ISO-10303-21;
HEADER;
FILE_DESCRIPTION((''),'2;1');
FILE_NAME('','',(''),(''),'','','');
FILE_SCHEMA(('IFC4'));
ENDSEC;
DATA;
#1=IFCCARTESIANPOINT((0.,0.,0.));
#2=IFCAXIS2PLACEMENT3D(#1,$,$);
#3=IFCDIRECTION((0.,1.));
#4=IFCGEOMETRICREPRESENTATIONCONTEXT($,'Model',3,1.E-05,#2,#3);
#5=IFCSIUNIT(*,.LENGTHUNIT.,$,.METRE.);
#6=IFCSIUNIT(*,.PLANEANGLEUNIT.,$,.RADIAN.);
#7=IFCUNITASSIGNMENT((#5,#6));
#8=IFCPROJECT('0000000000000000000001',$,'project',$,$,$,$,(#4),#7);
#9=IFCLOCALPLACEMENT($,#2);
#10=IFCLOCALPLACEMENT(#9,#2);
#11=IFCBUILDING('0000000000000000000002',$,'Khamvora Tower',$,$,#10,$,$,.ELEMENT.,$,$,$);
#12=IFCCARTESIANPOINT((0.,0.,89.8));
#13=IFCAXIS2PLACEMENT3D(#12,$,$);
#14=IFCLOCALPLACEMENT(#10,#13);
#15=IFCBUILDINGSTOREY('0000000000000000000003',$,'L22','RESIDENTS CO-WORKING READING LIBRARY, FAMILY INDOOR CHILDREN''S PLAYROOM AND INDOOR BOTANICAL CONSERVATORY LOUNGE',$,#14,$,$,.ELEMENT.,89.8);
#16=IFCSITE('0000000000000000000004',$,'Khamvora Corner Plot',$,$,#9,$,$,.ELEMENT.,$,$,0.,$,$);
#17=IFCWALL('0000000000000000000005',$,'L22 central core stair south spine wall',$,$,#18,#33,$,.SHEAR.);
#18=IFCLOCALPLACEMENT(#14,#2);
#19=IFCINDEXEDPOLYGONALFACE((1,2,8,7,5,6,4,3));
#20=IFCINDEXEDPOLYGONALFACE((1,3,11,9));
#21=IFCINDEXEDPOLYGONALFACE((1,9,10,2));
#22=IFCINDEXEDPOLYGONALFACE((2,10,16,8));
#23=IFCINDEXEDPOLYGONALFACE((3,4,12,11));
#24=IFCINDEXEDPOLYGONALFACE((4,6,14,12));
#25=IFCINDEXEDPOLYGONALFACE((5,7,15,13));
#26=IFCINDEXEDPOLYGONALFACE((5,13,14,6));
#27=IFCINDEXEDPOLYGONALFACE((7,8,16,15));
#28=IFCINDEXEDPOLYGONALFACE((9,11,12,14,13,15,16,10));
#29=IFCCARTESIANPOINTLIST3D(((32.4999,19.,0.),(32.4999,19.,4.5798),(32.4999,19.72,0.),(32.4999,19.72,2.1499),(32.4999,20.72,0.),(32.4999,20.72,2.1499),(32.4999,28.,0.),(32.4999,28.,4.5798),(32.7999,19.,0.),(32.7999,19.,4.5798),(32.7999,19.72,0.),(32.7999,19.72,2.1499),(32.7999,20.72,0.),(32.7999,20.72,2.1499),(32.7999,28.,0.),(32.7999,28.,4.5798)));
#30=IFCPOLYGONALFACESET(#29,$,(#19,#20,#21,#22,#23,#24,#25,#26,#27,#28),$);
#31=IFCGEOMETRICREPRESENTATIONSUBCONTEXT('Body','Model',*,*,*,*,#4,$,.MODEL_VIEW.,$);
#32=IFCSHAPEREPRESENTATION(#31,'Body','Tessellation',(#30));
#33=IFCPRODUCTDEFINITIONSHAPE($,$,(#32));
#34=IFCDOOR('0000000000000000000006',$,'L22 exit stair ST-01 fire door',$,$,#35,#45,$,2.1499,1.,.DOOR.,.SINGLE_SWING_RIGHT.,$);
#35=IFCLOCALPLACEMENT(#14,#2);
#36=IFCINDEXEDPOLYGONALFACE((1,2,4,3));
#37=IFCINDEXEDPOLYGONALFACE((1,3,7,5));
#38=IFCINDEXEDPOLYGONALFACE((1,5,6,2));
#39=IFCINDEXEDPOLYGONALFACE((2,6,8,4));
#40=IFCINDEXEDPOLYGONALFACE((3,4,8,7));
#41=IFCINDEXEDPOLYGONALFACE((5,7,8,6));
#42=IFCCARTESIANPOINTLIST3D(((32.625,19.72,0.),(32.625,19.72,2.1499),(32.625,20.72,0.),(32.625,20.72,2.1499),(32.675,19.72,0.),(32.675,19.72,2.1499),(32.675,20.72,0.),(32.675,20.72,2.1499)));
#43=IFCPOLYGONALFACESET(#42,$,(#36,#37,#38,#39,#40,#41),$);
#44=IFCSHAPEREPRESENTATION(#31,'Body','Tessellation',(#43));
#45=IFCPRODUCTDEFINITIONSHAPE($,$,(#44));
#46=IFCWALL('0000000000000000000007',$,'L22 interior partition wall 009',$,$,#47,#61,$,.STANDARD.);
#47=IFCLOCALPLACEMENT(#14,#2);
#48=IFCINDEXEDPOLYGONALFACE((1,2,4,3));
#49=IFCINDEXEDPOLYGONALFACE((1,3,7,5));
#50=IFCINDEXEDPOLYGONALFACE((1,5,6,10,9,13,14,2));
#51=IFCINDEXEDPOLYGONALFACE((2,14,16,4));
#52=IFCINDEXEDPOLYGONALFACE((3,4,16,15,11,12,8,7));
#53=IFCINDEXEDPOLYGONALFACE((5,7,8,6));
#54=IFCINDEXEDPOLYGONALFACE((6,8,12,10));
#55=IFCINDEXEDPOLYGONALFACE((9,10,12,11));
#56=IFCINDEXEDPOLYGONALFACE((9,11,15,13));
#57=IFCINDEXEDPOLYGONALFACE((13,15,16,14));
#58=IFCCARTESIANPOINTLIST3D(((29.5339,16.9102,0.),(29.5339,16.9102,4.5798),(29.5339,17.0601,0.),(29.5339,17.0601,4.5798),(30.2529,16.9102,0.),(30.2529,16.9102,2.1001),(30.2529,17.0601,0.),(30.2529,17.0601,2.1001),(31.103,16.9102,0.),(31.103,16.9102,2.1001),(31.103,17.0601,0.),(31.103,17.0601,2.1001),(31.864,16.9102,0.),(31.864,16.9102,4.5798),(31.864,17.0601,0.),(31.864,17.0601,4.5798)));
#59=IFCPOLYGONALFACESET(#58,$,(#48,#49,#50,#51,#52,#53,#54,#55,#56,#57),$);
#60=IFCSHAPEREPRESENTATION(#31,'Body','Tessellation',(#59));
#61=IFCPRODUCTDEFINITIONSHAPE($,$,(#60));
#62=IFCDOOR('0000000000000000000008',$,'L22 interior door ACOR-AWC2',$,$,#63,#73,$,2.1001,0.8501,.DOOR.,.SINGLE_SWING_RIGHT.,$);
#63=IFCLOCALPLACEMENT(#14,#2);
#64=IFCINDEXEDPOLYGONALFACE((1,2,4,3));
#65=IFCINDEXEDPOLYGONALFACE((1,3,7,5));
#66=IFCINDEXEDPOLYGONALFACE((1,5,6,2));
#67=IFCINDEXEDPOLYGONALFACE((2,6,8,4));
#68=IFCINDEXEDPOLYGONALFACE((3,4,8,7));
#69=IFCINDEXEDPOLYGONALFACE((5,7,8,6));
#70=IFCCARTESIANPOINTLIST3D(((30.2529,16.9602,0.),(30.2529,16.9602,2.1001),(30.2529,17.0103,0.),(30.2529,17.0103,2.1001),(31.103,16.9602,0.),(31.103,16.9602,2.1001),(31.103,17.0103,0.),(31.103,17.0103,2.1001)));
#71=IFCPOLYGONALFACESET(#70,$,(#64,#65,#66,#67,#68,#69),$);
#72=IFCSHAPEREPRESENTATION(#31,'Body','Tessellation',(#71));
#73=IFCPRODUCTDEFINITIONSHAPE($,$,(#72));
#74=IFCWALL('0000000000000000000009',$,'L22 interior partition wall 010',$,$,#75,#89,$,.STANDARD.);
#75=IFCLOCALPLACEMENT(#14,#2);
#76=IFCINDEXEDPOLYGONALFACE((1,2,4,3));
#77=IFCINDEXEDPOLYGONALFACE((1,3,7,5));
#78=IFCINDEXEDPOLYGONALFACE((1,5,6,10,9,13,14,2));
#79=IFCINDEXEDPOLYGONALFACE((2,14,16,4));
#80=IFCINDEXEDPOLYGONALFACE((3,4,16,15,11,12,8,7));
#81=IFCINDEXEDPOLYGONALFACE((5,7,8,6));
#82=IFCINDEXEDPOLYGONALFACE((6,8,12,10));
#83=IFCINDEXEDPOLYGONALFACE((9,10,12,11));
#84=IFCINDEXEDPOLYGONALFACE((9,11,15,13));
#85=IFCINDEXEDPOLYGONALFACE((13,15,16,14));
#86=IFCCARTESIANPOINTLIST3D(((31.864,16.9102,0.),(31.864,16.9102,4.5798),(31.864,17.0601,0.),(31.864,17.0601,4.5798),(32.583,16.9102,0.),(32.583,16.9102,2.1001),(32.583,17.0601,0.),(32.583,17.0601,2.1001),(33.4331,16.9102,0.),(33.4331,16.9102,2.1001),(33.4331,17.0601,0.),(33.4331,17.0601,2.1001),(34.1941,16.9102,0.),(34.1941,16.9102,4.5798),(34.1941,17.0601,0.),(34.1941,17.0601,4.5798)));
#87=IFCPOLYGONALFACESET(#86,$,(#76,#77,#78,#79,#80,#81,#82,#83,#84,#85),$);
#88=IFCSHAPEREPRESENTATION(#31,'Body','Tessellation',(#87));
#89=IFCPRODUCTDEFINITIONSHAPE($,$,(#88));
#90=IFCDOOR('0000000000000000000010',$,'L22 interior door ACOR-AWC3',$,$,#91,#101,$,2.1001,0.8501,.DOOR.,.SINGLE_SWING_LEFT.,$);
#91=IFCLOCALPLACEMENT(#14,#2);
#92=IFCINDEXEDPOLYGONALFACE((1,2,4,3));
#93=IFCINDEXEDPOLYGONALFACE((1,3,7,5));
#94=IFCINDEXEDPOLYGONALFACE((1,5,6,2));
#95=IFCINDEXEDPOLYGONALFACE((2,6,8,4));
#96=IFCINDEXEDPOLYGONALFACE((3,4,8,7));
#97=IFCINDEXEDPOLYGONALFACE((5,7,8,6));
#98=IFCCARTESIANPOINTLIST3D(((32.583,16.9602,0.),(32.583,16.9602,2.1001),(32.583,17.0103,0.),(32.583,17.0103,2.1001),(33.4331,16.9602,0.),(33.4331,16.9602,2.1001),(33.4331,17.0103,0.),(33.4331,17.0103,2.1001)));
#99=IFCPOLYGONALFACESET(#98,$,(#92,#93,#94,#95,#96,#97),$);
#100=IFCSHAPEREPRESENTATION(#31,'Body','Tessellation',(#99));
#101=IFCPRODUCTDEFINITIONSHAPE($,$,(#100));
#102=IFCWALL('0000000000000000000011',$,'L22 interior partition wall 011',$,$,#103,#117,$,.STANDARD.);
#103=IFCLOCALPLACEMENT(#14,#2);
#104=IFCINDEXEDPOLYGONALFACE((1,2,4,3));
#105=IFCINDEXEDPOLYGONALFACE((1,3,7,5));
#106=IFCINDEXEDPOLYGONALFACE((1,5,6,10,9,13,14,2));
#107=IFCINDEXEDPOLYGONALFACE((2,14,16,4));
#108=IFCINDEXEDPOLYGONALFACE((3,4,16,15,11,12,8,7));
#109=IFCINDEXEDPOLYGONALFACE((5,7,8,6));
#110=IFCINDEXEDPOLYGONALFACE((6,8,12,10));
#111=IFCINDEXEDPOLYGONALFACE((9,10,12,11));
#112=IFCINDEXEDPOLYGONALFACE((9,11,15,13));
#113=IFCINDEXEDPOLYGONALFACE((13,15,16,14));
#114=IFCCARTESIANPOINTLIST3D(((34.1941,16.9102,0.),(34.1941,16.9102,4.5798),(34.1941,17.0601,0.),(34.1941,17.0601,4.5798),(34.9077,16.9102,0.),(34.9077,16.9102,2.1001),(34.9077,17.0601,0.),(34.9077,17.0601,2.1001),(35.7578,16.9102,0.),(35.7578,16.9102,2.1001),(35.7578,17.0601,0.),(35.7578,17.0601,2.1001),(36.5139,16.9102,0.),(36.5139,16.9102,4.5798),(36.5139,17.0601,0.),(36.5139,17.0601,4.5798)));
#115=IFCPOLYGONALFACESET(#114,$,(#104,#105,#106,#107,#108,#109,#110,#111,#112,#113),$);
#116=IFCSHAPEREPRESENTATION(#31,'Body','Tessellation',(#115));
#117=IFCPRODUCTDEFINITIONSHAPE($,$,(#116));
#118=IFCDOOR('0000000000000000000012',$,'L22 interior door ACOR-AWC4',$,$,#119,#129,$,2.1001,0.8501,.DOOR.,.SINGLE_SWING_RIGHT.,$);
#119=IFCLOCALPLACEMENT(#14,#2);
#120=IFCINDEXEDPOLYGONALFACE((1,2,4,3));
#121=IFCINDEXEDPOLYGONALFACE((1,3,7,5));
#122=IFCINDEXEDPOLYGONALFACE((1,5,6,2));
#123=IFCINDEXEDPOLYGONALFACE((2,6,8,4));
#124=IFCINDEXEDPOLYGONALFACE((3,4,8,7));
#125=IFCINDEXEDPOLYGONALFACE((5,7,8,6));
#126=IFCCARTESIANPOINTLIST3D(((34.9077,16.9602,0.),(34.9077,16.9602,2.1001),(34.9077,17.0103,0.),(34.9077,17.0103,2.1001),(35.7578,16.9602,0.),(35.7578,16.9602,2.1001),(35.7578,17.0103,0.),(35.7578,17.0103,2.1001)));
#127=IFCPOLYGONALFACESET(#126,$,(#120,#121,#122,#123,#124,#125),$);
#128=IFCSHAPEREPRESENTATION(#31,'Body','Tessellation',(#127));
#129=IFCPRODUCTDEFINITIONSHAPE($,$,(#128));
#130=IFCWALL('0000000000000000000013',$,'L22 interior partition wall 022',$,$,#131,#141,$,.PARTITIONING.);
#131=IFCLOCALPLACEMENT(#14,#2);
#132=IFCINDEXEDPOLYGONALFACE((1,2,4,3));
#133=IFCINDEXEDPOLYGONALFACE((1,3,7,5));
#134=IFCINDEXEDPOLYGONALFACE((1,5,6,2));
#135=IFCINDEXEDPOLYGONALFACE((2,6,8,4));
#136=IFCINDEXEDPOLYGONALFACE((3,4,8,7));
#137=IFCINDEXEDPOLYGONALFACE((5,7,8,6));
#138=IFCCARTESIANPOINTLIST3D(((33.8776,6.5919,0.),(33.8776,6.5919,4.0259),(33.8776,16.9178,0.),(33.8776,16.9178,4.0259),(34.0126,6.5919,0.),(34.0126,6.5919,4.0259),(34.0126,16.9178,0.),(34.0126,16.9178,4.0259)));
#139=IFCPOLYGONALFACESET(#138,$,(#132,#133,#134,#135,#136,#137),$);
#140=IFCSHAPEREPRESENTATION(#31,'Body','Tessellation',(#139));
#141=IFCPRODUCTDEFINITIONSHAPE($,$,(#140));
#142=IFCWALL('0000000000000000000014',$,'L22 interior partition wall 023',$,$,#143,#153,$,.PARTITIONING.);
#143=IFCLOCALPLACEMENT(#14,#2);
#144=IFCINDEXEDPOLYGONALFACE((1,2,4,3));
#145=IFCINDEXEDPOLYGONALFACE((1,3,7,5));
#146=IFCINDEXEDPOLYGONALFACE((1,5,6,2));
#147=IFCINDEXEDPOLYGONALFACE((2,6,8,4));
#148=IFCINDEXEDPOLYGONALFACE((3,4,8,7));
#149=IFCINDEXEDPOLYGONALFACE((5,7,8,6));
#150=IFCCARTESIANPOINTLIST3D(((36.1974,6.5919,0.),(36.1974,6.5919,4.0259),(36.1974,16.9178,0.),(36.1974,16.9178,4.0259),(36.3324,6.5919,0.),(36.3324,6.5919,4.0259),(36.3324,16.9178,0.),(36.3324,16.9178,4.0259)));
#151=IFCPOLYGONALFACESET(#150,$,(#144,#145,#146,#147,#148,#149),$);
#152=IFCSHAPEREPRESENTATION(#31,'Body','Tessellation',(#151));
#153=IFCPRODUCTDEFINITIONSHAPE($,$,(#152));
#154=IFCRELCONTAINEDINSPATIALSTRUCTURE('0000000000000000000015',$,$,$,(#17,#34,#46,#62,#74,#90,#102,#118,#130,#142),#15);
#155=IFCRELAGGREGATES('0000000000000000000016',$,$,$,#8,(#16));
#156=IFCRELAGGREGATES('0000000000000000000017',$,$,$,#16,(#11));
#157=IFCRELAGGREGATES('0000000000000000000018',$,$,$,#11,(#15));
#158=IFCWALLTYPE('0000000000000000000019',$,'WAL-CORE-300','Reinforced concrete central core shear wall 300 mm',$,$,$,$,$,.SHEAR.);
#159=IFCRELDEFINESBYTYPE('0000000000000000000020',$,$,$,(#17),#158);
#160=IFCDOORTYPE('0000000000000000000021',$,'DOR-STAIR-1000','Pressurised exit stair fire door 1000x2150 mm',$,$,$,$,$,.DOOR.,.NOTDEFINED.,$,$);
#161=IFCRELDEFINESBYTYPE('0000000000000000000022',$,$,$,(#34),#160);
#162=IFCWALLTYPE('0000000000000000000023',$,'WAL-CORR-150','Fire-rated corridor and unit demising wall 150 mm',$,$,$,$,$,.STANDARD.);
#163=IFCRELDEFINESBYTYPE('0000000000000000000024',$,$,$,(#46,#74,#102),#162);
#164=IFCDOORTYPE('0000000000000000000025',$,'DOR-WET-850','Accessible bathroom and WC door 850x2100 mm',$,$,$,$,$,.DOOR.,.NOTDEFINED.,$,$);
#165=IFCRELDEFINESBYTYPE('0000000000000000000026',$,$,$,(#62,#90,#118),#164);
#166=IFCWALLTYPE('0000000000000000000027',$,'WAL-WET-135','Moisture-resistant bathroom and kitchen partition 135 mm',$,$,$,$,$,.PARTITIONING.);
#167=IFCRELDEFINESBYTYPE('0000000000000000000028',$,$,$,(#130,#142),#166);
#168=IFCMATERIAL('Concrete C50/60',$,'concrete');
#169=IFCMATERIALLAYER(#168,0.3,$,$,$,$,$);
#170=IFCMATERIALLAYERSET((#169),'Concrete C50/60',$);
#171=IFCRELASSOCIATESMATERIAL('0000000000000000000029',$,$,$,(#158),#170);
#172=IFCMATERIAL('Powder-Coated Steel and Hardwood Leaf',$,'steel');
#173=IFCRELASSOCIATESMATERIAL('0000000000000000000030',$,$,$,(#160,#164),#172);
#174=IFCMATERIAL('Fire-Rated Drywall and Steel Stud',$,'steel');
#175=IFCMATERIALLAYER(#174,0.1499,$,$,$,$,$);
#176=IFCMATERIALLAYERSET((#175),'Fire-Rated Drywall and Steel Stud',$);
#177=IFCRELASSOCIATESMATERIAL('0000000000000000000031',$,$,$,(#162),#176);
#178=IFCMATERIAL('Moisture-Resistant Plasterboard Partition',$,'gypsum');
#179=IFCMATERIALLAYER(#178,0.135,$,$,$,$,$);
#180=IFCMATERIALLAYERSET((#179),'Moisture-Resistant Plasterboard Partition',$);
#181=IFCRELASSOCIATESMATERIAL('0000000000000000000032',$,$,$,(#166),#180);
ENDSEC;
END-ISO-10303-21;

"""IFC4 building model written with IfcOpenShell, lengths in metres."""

from ifc_helpers import new_model, si_unit, direction, frame, frame_2d, origin, place, context, subcontext, project, spatial, rectangle, extrude, material, layer, layer_set, type_object, element, fill, save


model = new_model("IFC4")

# Units and contexts
model_context = context("Model", 3, precision=1e-05, world=origin(), true_north=direction((0.0, 1.0)))
body_context = subcontext(model_context, "Body", "Model", "MODEL_VIEW")
ifc_project = project(units=[si_unit("LENGTHUNIT", "METRE"), si_unit("PLANEANGLEUNIT", "RADIAN")], contexts=[model_context])

# Site, building, storey
site_placement = place(None, origin())
site = spatial("IfcSite", under=ifc_project, at=site_placement, Name="Khamvora Corner Plot", CompositionType="ELEMENT", RefElevation=0.0)
building_placement = place(site_placement, origin())
building = spatial("IfcBuilding", under=site, at=building_placement, Name="Khamvora Tower", CompositionType="ELEMENT")
storey_placement = place(building_placement, frame((0.0, 0.0, 89.8)))
storey = spatial("IfcBuildingStorey", under=building, at=storey_placement, Name="L22", Description="RESIDENTS CO-WORKING READING LIBRARY, FAMILY INDOOR CHILDREN'S PLAYROOM AND INDOOR BOTANICAL CONSERVATORY LOUNGE", CompositionType="ELEMENT", Elevation=89.8)

# Wall, opening, door
ifc_material_1 = material(Name="Concrete C50/60", Category="concrete")
ifc_layer_1 = layer(ifc_material_1, 0.3)
ifc_layer_set_1 = layer_set([ifc_layer_1], Name="Concrete C50/60")
wall_type_1 = type_object("IfcWallType", Name="WAL-CORE-300", Description="Reinforced concrete central core shear wall 300 mm", PredefinedType="SHEAR", material=ifc_layer_set_1)
wall_1_placement = place(storey_placement, frame((32.6499, 19.0, 0.0), z_axis=(0.0, 0.0, 1.0), x_axis=(0.0, 1.0, 0.0)))
wall_1 = element("IfcWall", 1, at=wall_1_placement, inside=storey, type_object=wall_type_1, Name="L22 central core stair south spine wall", PredefinedType="SHEAR", context=body_context, shape_type="SweptSolid", body=[
    extrude(rectangle(XDim=9.0, YDim=0.3, at=frame_2d((4.5, 0.0))), origin(), (0.0, 0.0, 1.0), 4.5798),
])
opening_1_placement = place(wall_1_placement, frame((0.72, 0.0, 0.0)))
opening_1 = element("IfcOpeningElement", 2, at=opening_1_placement, cuts=wall_1, PredefinedType="OPENING", context=body_context, shape_type="SweptSolid", body=[
    extrude(rectangle(XDim=1.0, YDim=2.1499, at=frame_2d((0.5, 1.075))), frame((0.0, 0.1599, 0.0), z_axis=(0.0, -1.0, 0.0), x_axis=(1.0, 0.0, 0.0)), (0.0, 0.0, 1.0), 0.3201),
])
ifc_material_2 = material(Name="Powder-Coated Steel and Hardwood Leaf", Category="steel")
door_type_1 = type_object("IfcDoorType", Name="DOR-STAIR-1000", Description="Pressurised exit stair fire door 1000x2150 mm", OperationType="NOTDEFINED", PredefinedType="DOOR", material=ifc_material_2)
door_1_placement = place(opening_1_placement, origin())
door_1 = element("IfcDoor", 3, at=door_1_placement, inside=storey, type_object=door_type_1, Name="L22 exit stair ST-01 fire door", OperationType="SINGLE_SWING_RIGHT", OverallHeight=2.1499, OverallWidth=1.0, PredefinedType="DOOR", context=body_context, shape_type="SweptSolid", body=[
    extrude(rectangle(XDim=1.0, YDim=2.1499, at=frame_2d((0.5, 1.075))), frame((0.0, 0.0249, 0.0), z_axis=(0.0, -1.0, 0.0), x_axis=(1.0, 0.0, 0.0)), (0.0, 0.0, 1.0), 0.05),
])
fill(opening_1, door_1)

# Walls, openings, doors
ifc_material_3 = material(Name="Fire-Rated Drywall and Steel Stud", Category="steel")
ifc_layer_2 = layer(ifc_material_3, 0.1499)
ifc_layer_set_2 = layer_set([ifc_layer_2], Name="Fire-Rated Drywall and Steel Stud")
wall_type_2 = type_object("IfcWallType", Name="WAL-CORR-150", Description="Fire-rated corridor and unit demising wall 150 mm", PredefinedType="STANDARD", material=ifc_layer_set_2)
wall_2_placement = place(storey_placement, frame((31.864, 16.9851, 0.0), z_axis=(0.0, 0.0, 1.0), x_axis=(-1.0, 0.0, 0.0)))
wall_2 = element("IfcWall", 4, at=wall_2_placement, inside=storey, type_object=wall_type_2, Name="L22 interior partition wall 009", PredefinedType="STANDARD", context=body_context, shape_type="SweptSolid", body=[
    extrude(rectangle(XDim=2.3301, YDim=0.1499, at=frame_2d((1.165, 0.0))), origin(), (0.0, 0.0, 1.0), 4.5798),
])
opening_2_placement = place(wall_2_placement, frame((0.761, 0.0, 0.0)))
opening_2 = element("IfcOpeningElement", 5, at=opening_2_placement, cuts=wall_2, PredefinedType="OPENING", context=body_context, shape_type="SweptSolid", body=[
    extrude(rectangle(XDim=0.8501, YDim=2.1001, at=frame_2d((0.425, 1.05))), frame((0.0, 0.085, 0.0), z_axis=(0.0, -1.0, 0.0), x_axis=(1.0, 0.0, 0.0)), (0.0, 0.0, 1.0), 0.1699),
])
door_type_2 = type_object("IfcDoorType", Name="DOR-WET-850", Description="Accessible bathroom and WC door 850x2100 mm", OperationType="NOTDEFINED", PredefinedType="DOOR", material=ifc_material_2)
door_2_placement = place(opening_2_placement, origin())
door_2 = element("IfcDoor", 6, at=door_2_placement, inside=storey, type_object=door_type_2, Name="L22 interior door ACOR-AWC2", OperationType="SINGLE_SWING_RIGHT", OverallHeight=2.1001, OverallWidth=0.8501, PredefinedType="DOOR", context=body_context, shape_type="SweptSolid", body=[
    extrude(rectangle(XDim=0.8501, YDim=2.1001, at=frame_2d((0.425, 1.05))), frame((0.0, 0.0249, 0.0), z_axis=(0.0, -1.0, 0.0), x_axis=(1.0, 0.0, 0.0)), (0.0, 0.0, 1.0), 0.05),
])
fill(opening_2, door_2)
wall_3_placement = place(storey_placement, frame((34.1941, 16.9851, 0.0), z_axis=(0.0, 0.0, 1.0), x_axis=(-1.0, 0.0, 0.0)))
wall_3 = element("IfcWall", 7, at=wall_3_placement, inside=storey, type_object=wall_type_2, Name="L22 interior partition wall 010", PredefinedType="STANDARD", context=body_context, shape_type="SweptSolid", body=[
    extrude(rectangle(XDim=2.3301, YDim=0.1499, at=frame_2d((1.165, 0.0))), origin(), (0.0, 0.0, 1.0), 4.5798),
])
opening_3_placement = place(wall_3_placement, frame((0.761, 0.0, 0.0)))
opening_3 = element("IfcOpeningElement", 8, at=opening_3_placement, cuts=wall_3, PredefinedType="OPENING", context=body_context, shape_type="SweptSolid", body=[
    extrude(rectangle(XDim=0.8501, YDim=2.1001, at=frame_2d((0.425, 1.05))), frame((0.0, 0.085, 0.0), z_axis=(0.0, -1.0, 0.0), x_axis=(1.0, 0.0, 0.0)), (0.0, 0.0, 1.0), 0.1699),
])
door_3_placement = place(opening_3_placement, origin())
door_3 = element("IfcDoor", 9, at=door_3_placement, inside=storey, type_object=door_type_2, Name="L22 interior door ACOR-AWC3", OperationType="SINGLE_SWING_LEFT", OverallHeight=2.1001, OverallWidth=0.8501, PredefinedType="DOOR", context=body_context, shape_type="SweptSolid", body=[
    extrude(rectangle(XDim=0.8501, YDim=2.1001, at=frame_2d((0.425, 1.05))), frame((0.0, 0.0249, 0.0), z_axis=(0.0, -1.0, 0.0), x_axis=(1.0, 0.0, 0.0)), (0.0, 0.0, 1.0), 0.05),
])
fill(opening_3, door_3)
wall_4_placement = place(storey_placement, frame((36.5139, 16.9851, 0.0), z_axis=(0.0, 0.0, 1.0), x_axis=(-1.0, 0.0, 0.0)))
wall_4 = element("IfcWall", 10, at=wall_4_placement, inside=storey, type_object=wall_type_2, Name="L22 interior partition wall 011", PredefinedType="STANDARD", context=body_context, shape_type="SweptSolid", body=[
    extrude(rectangle(XDim=2.3198, YDim=0.1499, at=frame_2d((1.1599, 0.0))), origin(), (0.0, 0.0, 1.0), 4.5798),
])
opening_4_placement = place(wall_4_placement, frame((0.7561, 0.0, 0.0)))
opening_4 = element("IfcOpeningElement", 11, at=opening_4_placement, cuts=wall_4, PredefinedType="OPENING", context=body_context, shape_type="SweptSolid", body=[
    extrude(rectangle(XDim=0.8501, YDim=2.1001, at=frame_2d((0.425, 1.05))), frame((0.0, 0.085, 0.0), z_axis=(0.0, -1.0, 0.0), x_axis=(1.0, 0.0, 0.0)), (0.0, 0.0, 1.0), 0.1699),
])
door_4_placement = place(opening_4_placement, origin())
door_4 = element("IfcDoor", 12, at=door_4_placement, inside=storey, type_object=door_type_2, Name="L22 interior door ACOR-AWC4", OperationType="SINGLE_SWING_RIGHT", OverallHeight=2.1001, OverallWidth=0.8501, PredefinedType="DOOR", context=body_context, shape_type="SweptSolid", body=[
    extrude(rectangle(XDim=0.8501, YDim=2.1001, at=frame_2d((0.425, 1.05))), frame((0.0, 0.0249, 0.0), z_axis=(0.0, -1.0, 0.0), x_axis=(1.0, 0.0, 0.0)), (0.0, 0.0, 1.0), 0.05),
])
fill(opening_4, door_4)

# Walls
ifc_material_4 = material(Name="Moisture-Resistant Plasterboard Partition", Category="gypsum")
ifc_layer_3 = layer(ifc_material_4, 0.135)
ifc_layer_set_3 = layer_set([ifc_layer_3], Name="Moisture-Resistant Plasterboard Partition")
wall_type_3 = type_object("IfcWallType", Name="WAL-WET-135", Description="Moisture-resistant bathroom and kitchen partition 135 mm", PredefinedType="PARTITIONING", material=ifc_layer_set_3)
for number, where, z_axis, x_axis, name in (
    (13, (33.9451, 16.918, 0.0), (0.0, 0.0, 1.0), (0.0, -1.0, 0.0), "L22 interior partition wall 022"),
    (14, (36.2649, 16.918, 0.0), (0.0, 0.0, 1.0), (0.0, -1.0, 0.0), "L22 interior partition wall 023"),
):
    element("IfcWall", number, at=place(storey_placement, frame(where, z_axis=z_axis, x_axis=x_axis)), inside=storey, type_object=wall_type_3, Name=name, PredefinedType="PARTITIONING", context=body_context, shape_type="SweptSolid", body=[
        extrude(rectangle(XDim=10.3259, YDim=0.135, at=frame_2d((5.1631, 0.0))), origin(), (0.0, 0.0, 1.0), 4.0259),
    ])

save(model, "model.ifc")
